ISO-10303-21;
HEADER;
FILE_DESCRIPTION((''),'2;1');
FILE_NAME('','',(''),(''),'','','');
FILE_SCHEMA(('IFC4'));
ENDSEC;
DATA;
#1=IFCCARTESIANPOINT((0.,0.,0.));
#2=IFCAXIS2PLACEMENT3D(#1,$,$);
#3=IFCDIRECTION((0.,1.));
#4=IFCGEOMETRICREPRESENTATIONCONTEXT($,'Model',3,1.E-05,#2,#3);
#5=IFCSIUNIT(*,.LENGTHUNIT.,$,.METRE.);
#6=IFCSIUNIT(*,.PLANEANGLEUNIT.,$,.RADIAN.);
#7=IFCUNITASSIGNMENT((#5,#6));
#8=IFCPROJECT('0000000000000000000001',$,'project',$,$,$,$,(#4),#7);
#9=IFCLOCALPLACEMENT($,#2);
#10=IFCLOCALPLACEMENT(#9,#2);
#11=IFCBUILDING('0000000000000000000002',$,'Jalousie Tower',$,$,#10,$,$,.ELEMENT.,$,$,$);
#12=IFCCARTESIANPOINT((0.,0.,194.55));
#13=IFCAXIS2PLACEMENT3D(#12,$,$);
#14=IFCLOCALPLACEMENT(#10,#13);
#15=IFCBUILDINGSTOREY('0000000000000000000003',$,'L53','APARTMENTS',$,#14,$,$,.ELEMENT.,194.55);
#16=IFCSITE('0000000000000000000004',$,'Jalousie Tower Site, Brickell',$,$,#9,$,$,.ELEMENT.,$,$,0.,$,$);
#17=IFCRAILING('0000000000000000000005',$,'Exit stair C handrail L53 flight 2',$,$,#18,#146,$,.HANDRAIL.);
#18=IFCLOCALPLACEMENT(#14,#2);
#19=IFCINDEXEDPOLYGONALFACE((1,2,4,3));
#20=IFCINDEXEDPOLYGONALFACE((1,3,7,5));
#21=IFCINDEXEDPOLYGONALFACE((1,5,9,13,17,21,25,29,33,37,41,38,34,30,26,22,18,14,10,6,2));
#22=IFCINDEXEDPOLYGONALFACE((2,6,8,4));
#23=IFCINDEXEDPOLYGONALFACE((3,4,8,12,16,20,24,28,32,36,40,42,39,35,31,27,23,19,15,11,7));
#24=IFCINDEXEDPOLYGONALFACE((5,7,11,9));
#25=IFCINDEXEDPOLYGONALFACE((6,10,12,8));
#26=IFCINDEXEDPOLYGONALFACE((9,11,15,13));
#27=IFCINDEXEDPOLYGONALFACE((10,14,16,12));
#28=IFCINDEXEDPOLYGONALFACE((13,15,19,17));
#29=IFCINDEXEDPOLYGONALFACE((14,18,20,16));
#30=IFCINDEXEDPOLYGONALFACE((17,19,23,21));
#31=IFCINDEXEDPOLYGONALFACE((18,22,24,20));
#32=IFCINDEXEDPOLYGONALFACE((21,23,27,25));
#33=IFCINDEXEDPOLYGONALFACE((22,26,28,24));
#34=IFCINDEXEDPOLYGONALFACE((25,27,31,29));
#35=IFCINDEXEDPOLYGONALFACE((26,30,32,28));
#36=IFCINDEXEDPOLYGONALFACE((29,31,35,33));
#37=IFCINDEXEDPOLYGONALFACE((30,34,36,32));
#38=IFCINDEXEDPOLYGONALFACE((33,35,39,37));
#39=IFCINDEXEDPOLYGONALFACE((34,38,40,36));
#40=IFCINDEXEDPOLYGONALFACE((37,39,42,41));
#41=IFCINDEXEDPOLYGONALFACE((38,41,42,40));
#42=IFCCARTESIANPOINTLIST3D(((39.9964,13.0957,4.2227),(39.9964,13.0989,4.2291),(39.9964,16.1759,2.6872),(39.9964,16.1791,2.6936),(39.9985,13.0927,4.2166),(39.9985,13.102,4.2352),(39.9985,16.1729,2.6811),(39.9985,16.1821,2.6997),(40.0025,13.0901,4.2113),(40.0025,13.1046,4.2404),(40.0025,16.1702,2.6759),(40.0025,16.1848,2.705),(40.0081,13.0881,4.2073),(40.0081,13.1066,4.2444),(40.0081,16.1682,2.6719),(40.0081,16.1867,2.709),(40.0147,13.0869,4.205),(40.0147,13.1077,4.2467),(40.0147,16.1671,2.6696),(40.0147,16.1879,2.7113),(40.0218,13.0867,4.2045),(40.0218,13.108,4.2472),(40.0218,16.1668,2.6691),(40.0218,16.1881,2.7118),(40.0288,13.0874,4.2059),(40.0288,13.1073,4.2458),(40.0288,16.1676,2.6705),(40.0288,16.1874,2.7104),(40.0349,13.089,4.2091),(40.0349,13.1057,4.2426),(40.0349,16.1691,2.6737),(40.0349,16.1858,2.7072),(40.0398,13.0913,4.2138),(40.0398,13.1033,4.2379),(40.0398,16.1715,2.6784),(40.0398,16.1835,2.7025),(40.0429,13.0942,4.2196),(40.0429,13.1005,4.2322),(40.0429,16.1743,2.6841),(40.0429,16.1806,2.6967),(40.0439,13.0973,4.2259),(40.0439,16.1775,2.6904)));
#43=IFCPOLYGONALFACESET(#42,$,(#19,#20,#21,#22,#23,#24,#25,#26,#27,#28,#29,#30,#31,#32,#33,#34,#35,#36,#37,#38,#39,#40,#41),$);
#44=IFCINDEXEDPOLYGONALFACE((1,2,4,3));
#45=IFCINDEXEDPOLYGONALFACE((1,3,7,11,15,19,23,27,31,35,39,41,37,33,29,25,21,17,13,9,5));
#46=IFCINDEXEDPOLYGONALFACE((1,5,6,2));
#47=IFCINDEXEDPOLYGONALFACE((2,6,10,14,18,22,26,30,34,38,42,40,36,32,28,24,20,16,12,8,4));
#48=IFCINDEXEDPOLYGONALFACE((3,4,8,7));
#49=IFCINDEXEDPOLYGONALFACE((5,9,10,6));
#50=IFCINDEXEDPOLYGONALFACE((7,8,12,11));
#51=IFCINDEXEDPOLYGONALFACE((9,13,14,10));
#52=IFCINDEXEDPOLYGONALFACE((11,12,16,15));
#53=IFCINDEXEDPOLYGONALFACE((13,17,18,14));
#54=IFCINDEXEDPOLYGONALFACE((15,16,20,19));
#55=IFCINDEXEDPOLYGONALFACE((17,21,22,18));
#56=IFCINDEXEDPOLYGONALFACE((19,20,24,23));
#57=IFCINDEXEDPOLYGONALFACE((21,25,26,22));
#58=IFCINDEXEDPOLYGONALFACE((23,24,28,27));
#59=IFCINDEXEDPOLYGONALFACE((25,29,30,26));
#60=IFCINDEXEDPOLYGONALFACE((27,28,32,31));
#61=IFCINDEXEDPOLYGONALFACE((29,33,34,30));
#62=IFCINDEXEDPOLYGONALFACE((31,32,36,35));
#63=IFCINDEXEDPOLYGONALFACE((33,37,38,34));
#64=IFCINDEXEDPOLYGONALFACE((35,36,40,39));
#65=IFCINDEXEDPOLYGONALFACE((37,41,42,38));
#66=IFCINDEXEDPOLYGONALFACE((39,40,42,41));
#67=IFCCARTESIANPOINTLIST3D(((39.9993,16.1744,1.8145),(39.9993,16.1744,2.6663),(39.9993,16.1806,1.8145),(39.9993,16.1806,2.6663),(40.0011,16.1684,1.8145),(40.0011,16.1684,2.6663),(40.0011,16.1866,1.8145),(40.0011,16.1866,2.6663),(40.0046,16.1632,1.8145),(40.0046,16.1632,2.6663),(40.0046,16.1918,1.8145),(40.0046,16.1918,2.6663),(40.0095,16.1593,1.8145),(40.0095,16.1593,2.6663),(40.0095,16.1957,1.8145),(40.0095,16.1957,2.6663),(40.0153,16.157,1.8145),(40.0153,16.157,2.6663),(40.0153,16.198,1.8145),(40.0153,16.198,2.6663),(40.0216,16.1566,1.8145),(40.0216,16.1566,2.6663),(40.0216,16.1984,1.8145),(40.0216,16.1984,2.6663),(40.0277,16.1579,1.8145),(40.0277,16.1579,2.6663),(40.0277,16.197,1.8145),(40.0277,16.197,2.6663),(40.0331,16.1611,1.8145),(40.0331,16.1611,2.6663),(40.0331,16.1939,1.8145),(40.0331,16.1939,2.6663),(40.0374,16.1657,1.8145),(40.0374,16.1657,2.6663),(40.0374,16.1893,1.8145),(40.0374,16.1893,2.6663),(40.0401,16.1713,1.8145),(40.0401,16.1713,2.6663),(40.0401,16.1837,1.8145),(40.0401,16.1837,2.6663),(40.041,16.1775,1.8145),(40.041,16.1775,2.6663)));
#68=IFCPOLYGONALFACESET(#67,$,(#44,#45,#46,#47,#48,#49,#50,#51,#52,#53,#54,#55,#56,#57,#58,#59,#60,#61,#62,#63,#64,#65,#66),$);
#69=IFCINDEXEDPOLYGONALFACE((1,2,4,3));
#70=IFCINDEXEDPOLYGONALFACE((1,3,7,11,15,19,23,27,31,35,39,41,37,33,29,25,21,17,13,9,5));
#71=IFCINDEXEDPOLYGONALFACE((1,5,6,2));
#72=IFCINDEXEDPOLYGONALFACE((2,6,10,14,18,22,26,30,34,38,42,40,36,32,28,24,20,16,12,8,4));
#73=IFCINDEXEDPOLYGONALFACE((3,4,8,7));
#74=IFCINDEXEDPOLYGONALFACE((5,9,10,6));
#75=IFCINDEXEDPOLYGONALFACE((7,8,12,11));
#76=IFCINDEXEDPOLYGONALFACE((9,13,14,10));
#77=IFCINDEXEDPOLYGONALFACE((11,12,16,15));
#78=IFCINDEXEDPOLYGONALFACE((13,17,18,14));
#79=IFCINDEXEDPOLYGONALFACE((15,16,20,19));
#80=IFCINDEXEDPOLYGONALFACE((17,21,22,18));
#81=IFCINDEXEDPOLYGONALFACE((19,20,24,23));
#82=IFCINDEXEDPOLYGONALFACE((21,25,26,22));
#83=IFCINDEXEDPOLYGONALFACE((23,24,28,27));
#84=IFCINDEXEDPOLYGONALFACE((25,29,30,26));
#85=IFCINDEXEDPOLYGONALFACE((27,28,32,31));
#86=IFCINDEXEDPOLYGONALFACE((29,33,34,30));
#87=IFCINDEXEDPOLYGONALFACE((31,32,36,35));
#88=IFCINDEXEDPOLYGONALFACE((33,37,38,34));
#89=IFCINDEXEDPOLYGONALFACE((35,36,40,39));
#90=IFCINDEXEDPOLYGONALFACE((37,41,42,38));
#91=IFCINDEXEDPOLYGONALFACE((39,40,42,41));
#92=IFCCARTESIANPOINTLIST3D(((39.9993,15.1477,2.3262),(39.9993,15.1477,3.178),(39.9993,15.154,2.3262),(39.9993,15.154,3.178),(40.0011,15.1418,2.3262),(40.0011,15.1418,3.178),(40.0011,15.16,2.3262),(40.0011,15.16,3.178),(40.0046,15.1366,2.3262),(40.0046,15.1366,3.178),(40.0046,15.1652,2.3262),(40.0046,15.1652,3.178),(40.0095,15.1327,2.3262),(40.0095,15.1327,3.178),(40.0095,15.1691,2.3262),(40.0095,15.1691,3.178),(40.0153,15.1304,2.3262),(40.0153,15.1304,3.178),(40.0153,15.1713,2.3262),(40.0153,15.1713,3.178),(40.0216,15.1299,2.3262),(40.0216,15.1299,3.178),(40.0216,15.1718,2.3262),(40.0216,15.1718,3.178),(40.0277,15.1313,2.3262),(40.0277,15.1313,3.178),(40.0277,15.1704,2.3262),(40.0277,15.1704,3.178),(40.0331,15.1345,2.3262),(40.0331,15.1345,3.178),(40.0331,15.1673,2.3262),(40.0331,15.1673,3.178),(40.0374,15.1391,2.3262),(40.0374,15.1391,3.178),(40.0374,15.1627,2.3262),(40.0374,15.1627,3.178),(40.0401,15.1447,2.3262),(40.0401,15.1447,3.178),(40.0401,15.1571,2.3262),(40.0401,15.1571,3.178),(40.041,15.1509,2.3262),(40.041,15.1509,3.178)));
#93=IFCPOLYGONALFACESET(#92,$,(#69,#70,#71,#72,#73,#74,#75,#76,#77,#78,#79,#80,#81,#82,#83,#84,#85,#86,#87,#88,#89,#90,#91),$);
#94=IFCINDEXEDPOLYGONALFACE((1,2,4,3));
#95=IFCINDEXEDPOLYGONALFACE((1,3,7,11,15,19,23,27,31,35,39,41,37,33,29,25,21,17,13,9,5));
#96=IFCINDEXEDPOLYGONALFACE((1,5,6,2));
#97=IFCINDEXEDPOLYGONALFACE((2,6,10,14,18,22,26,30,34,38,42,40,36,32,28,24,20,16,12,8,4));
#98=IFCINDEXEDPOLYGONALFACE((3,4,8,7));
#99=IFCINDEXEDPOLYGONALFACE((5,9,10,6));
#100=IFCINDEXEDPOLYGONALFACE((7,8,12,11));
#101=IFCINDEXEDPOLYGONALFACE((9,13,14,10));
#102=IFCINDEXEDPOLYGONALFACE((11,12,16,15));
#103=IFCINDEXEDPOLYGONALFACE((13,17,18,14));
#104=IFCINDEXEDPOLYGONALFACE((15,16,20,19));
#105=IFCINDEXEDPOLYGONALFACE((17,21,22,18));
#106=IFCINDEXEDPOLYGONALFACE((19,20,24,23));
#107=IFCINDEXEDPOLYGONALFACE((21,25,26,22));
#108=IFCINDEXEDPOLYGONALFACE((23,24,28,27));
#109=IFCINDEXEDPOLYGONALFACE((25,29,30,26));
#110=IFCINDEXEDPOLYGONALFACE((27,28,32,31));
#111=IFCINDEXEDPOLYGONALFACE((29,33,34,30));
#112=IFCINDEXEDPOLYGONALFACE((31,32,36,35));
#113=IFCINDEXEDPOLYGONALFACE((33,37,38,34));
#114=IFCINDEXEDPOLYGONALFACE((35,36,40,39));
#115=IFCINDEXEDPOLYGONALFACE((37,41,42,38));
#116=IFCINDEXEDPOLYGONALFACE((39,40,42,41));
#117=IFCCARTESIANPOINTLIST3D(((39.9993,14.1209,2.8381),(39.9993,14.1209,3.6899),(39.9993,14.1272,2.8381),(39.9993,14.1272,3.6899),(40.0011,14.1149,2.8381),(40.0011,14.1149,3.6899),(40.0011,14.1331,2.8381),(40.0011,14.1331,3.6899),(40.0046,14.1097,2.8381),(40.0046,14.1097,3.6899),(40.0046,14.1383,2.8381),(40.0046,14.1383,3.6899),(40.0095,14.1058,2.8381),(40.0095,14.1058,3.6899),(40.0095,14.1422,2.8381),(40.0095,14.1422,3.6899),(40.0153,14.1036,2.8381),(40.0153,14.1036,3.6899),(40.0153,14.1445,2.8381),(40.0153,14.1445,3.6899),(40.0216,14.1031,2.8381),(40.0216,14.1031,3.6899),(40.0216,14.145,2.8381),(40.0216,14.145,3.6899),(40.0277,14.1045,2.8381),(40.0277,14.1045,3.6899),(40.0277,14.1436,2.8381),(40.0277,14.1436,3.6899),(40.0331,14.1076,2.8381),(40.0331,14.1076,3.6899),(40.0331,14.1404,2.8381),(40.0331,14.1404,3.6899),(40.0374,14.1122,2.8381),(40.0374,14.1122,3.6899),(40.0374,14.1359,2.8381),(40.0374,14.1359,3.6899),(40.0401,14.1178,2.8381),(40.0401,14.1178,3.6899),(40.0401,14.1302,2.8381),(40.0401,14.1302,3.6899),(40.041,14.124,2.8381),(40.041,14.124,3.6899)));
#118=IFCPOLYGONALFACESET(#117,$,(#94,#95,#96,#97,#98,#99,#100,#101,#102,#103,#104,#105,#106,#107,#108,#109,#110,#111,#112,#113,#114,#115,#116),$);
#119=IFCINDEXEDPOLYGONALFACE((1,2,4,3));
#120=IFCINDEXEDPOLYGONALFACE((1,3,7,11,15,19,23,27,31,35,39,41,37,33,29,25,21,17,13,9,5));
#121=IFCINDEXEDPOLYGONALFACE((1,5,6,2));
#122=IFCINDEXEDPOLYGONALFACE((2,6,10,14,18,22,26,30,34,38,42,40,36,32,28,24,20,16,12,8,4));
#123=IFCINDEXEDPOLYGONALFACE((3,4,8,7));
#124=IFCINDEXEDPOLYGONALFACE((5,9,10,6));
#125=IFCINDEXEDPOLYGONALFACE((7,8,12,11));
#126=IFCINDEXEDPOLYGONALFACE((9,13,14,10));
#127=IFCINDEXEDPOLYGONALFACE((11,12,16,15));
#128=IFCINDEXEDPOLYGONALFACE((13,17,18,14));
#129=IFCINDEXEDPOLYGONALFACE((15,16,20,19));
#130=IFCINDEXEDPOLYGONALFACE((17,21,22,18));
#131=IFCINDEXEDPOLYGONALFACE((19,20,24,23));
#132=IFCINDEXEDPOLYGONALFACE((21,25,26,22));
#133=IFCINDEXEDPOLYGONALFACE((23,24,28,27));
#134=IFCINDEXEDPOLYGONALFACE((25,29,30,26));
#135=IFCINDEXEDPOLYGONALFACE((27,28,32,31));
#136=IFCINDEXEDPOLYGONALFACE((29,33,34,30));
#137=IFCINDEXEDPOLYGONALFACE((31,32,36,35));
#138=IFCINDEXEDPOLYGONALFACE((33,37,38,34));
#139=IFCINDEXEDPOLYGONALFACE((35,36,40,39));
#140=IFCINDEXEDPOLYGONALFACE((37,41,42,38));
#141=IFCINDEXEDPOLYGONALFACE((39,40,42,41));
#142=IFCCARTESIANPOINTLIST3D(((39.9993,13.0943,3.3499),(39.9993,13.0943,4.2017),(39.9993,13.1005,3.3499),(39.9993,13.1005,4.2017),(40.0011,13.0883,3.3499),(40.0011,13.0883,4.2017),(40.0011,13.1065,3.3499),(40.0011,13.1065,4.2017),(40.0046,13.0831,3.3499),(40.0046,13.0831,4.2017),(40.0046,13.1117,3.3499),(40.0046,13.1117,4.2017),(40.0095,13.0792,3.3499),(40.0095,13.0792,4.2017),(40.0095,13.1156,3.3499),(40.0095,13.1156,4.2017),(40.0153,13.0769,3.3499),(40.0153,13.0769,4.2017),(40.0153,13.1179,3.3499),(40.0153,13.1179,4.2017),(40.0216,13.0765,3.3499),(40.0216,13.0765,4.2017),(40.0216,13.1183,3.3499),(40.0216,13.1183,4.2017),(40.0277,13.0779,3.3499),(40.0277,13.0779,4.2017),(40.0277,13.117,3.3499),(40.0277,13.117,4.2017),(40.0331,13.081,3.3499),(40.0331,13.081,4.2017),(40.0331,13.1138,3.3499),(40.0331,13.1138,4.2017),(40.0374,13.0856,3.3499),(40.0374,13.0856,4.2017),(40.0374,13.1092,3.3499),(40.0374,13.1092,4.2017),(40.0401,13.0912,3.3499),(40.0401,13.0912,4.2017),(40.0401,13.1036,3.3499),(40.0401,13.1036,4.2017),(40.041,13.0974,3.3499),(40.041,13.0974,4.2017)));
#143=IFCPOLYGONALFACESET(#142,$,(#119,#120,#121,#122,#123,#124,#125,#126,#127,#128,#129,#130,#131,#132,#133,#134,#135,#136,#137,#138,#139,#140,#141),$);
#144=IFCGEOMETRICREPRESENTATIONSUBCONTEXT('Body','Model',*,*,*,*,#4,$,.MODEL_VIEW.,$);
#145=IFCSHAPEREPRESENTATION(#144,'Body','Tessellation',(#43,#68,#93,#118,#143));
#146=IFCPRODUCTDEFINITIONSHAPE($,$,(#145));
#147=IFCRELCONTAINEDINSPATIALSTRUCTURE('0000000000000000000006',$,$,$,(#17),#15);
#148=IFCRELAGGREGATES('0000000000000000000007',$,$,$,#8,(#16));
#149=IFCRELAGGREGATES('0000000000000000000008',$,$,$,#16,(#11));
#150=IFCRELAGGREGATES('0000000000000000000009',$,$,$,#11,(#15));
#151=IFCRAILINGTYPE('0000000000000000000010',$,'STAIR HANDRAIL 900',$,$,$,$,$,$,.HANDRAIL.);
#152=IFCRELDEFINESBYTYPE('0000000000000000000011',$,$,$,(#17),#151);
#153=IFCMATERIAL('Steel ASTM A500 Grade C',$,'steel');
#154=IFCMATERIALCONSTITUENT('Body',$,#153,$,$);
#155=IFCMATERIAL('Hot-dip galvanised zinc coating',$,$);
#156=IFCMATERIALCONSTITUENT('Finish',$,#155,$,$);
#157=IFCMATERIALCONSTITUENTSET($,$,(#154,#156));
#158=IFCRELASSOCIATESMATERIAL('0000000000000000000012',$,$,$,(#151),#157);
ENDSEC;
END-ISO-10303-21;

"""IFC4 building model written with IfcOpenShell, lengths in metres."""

from ifc_helpers import new_model, si_unit, direction, frame, origin, origin_2d, place, context, subcontext, project, spatial, circle, extrude, material, constituent, constituent_set, type_object, element, save


model = new_model("IFC4")

# Units and contexts
model_context = context("Model", 3, precision=1e-05, world=origin(), true_north=direction((0.0, 1.0)))
body_context = subcontext(model_context, "Body", "Model", "MODEL_VIEW")
ifc_project = project(units=[si_unit("LENGTHUNIT", "METRE"), si_unit("PLANEANGLEUNIT", "RADIAN")], contexts=[model_context])

# Site, building, storey
site_placement = place(None, origin())
site = spatial("IfcSite", under=ifc_project, at=site_placement, Name="Jalousie Tower Site, Brickell", CompositionType="ELEMENT", RefElevation=0.0)
building_placement = place(site_placement, origin())
building = spatial("IfcBuilding", under=site, at=building_placement, Name="Jalousie Tower", CompositionType="ELEMENT")
storey_placement = place(building_placement, frame((0.0, 0.0, 194.55)))
storey = spatial("IfcBuildingStorey", under=building, at=storey_placement, Name="L53", Description="APARTMENTS", CompositionType="ELEMENT", Elevation=194.55)

# Railing
ifc_material_1 = material(Name="Steel ASTM A500 Grade C", Category="steel")
ifc_constituent_1 = constituent(ifc_material_1, Name="Body")
ifc_material_2 = material(Name="Hot-dip galvanised zinc coating")
ifc_constituent_2 = constituent(ifc_material_2, Name="Finish")
ifc_constituent_set_1 = constituent_set(constituents=[ifc_constituent_1, ifc_constituent_2])
railing_type_1 = type_object("IfcRailingType", Name="STAIR HANDRAIL 900", PredefinedType="HANDRAIL", material=ifc_constituent_set_1)
railing_1_placement = place(storey_placement, frame((40.02, 16.1775, 1.8145)))
element("IfcRailing", 1, at=railing_1_placement, inside=storey, type_object=railing_type_1, Name="Exit stair C handrail L53 flight 2", PredefinedType="HANDRAIL", context=body_context, shape_type="SweptSolid", body=[
    extrude(circle(Radius=0.0239, at=origin_2d()), frame((0.0, 0.0, 0.876), z_axis=(0.0, -0.894966, 0.446135), x_axis=(1.0, 0.0, 0.0)), (0.0, 0.0, 1.0), 3.4417),
    extrude(circle(Radius=0.021, at=origin_2d()), origin(), (0.0, 0.0, 1.0), 0.8518),
    extrude(circle(Radius=0.021, at=origin_2d()), frame((0.0, -1.0266, 0.5117)), (0.0, 0.0, 1.0), 0.8518),
    extrude(circle(Radius=0.021, at=origin_2d()), frame((0.0, -2.0535, 1.0237)), (0.0, 0.0, 1.0), 0.8518),
    extrude(circle(Radius=0.021, at=origin_2d()), frame((0.0, -3.0801, 1.5354)), (0.0, 0.0, 1.0), 0.8518),
])

save(model, "model.ifc")
